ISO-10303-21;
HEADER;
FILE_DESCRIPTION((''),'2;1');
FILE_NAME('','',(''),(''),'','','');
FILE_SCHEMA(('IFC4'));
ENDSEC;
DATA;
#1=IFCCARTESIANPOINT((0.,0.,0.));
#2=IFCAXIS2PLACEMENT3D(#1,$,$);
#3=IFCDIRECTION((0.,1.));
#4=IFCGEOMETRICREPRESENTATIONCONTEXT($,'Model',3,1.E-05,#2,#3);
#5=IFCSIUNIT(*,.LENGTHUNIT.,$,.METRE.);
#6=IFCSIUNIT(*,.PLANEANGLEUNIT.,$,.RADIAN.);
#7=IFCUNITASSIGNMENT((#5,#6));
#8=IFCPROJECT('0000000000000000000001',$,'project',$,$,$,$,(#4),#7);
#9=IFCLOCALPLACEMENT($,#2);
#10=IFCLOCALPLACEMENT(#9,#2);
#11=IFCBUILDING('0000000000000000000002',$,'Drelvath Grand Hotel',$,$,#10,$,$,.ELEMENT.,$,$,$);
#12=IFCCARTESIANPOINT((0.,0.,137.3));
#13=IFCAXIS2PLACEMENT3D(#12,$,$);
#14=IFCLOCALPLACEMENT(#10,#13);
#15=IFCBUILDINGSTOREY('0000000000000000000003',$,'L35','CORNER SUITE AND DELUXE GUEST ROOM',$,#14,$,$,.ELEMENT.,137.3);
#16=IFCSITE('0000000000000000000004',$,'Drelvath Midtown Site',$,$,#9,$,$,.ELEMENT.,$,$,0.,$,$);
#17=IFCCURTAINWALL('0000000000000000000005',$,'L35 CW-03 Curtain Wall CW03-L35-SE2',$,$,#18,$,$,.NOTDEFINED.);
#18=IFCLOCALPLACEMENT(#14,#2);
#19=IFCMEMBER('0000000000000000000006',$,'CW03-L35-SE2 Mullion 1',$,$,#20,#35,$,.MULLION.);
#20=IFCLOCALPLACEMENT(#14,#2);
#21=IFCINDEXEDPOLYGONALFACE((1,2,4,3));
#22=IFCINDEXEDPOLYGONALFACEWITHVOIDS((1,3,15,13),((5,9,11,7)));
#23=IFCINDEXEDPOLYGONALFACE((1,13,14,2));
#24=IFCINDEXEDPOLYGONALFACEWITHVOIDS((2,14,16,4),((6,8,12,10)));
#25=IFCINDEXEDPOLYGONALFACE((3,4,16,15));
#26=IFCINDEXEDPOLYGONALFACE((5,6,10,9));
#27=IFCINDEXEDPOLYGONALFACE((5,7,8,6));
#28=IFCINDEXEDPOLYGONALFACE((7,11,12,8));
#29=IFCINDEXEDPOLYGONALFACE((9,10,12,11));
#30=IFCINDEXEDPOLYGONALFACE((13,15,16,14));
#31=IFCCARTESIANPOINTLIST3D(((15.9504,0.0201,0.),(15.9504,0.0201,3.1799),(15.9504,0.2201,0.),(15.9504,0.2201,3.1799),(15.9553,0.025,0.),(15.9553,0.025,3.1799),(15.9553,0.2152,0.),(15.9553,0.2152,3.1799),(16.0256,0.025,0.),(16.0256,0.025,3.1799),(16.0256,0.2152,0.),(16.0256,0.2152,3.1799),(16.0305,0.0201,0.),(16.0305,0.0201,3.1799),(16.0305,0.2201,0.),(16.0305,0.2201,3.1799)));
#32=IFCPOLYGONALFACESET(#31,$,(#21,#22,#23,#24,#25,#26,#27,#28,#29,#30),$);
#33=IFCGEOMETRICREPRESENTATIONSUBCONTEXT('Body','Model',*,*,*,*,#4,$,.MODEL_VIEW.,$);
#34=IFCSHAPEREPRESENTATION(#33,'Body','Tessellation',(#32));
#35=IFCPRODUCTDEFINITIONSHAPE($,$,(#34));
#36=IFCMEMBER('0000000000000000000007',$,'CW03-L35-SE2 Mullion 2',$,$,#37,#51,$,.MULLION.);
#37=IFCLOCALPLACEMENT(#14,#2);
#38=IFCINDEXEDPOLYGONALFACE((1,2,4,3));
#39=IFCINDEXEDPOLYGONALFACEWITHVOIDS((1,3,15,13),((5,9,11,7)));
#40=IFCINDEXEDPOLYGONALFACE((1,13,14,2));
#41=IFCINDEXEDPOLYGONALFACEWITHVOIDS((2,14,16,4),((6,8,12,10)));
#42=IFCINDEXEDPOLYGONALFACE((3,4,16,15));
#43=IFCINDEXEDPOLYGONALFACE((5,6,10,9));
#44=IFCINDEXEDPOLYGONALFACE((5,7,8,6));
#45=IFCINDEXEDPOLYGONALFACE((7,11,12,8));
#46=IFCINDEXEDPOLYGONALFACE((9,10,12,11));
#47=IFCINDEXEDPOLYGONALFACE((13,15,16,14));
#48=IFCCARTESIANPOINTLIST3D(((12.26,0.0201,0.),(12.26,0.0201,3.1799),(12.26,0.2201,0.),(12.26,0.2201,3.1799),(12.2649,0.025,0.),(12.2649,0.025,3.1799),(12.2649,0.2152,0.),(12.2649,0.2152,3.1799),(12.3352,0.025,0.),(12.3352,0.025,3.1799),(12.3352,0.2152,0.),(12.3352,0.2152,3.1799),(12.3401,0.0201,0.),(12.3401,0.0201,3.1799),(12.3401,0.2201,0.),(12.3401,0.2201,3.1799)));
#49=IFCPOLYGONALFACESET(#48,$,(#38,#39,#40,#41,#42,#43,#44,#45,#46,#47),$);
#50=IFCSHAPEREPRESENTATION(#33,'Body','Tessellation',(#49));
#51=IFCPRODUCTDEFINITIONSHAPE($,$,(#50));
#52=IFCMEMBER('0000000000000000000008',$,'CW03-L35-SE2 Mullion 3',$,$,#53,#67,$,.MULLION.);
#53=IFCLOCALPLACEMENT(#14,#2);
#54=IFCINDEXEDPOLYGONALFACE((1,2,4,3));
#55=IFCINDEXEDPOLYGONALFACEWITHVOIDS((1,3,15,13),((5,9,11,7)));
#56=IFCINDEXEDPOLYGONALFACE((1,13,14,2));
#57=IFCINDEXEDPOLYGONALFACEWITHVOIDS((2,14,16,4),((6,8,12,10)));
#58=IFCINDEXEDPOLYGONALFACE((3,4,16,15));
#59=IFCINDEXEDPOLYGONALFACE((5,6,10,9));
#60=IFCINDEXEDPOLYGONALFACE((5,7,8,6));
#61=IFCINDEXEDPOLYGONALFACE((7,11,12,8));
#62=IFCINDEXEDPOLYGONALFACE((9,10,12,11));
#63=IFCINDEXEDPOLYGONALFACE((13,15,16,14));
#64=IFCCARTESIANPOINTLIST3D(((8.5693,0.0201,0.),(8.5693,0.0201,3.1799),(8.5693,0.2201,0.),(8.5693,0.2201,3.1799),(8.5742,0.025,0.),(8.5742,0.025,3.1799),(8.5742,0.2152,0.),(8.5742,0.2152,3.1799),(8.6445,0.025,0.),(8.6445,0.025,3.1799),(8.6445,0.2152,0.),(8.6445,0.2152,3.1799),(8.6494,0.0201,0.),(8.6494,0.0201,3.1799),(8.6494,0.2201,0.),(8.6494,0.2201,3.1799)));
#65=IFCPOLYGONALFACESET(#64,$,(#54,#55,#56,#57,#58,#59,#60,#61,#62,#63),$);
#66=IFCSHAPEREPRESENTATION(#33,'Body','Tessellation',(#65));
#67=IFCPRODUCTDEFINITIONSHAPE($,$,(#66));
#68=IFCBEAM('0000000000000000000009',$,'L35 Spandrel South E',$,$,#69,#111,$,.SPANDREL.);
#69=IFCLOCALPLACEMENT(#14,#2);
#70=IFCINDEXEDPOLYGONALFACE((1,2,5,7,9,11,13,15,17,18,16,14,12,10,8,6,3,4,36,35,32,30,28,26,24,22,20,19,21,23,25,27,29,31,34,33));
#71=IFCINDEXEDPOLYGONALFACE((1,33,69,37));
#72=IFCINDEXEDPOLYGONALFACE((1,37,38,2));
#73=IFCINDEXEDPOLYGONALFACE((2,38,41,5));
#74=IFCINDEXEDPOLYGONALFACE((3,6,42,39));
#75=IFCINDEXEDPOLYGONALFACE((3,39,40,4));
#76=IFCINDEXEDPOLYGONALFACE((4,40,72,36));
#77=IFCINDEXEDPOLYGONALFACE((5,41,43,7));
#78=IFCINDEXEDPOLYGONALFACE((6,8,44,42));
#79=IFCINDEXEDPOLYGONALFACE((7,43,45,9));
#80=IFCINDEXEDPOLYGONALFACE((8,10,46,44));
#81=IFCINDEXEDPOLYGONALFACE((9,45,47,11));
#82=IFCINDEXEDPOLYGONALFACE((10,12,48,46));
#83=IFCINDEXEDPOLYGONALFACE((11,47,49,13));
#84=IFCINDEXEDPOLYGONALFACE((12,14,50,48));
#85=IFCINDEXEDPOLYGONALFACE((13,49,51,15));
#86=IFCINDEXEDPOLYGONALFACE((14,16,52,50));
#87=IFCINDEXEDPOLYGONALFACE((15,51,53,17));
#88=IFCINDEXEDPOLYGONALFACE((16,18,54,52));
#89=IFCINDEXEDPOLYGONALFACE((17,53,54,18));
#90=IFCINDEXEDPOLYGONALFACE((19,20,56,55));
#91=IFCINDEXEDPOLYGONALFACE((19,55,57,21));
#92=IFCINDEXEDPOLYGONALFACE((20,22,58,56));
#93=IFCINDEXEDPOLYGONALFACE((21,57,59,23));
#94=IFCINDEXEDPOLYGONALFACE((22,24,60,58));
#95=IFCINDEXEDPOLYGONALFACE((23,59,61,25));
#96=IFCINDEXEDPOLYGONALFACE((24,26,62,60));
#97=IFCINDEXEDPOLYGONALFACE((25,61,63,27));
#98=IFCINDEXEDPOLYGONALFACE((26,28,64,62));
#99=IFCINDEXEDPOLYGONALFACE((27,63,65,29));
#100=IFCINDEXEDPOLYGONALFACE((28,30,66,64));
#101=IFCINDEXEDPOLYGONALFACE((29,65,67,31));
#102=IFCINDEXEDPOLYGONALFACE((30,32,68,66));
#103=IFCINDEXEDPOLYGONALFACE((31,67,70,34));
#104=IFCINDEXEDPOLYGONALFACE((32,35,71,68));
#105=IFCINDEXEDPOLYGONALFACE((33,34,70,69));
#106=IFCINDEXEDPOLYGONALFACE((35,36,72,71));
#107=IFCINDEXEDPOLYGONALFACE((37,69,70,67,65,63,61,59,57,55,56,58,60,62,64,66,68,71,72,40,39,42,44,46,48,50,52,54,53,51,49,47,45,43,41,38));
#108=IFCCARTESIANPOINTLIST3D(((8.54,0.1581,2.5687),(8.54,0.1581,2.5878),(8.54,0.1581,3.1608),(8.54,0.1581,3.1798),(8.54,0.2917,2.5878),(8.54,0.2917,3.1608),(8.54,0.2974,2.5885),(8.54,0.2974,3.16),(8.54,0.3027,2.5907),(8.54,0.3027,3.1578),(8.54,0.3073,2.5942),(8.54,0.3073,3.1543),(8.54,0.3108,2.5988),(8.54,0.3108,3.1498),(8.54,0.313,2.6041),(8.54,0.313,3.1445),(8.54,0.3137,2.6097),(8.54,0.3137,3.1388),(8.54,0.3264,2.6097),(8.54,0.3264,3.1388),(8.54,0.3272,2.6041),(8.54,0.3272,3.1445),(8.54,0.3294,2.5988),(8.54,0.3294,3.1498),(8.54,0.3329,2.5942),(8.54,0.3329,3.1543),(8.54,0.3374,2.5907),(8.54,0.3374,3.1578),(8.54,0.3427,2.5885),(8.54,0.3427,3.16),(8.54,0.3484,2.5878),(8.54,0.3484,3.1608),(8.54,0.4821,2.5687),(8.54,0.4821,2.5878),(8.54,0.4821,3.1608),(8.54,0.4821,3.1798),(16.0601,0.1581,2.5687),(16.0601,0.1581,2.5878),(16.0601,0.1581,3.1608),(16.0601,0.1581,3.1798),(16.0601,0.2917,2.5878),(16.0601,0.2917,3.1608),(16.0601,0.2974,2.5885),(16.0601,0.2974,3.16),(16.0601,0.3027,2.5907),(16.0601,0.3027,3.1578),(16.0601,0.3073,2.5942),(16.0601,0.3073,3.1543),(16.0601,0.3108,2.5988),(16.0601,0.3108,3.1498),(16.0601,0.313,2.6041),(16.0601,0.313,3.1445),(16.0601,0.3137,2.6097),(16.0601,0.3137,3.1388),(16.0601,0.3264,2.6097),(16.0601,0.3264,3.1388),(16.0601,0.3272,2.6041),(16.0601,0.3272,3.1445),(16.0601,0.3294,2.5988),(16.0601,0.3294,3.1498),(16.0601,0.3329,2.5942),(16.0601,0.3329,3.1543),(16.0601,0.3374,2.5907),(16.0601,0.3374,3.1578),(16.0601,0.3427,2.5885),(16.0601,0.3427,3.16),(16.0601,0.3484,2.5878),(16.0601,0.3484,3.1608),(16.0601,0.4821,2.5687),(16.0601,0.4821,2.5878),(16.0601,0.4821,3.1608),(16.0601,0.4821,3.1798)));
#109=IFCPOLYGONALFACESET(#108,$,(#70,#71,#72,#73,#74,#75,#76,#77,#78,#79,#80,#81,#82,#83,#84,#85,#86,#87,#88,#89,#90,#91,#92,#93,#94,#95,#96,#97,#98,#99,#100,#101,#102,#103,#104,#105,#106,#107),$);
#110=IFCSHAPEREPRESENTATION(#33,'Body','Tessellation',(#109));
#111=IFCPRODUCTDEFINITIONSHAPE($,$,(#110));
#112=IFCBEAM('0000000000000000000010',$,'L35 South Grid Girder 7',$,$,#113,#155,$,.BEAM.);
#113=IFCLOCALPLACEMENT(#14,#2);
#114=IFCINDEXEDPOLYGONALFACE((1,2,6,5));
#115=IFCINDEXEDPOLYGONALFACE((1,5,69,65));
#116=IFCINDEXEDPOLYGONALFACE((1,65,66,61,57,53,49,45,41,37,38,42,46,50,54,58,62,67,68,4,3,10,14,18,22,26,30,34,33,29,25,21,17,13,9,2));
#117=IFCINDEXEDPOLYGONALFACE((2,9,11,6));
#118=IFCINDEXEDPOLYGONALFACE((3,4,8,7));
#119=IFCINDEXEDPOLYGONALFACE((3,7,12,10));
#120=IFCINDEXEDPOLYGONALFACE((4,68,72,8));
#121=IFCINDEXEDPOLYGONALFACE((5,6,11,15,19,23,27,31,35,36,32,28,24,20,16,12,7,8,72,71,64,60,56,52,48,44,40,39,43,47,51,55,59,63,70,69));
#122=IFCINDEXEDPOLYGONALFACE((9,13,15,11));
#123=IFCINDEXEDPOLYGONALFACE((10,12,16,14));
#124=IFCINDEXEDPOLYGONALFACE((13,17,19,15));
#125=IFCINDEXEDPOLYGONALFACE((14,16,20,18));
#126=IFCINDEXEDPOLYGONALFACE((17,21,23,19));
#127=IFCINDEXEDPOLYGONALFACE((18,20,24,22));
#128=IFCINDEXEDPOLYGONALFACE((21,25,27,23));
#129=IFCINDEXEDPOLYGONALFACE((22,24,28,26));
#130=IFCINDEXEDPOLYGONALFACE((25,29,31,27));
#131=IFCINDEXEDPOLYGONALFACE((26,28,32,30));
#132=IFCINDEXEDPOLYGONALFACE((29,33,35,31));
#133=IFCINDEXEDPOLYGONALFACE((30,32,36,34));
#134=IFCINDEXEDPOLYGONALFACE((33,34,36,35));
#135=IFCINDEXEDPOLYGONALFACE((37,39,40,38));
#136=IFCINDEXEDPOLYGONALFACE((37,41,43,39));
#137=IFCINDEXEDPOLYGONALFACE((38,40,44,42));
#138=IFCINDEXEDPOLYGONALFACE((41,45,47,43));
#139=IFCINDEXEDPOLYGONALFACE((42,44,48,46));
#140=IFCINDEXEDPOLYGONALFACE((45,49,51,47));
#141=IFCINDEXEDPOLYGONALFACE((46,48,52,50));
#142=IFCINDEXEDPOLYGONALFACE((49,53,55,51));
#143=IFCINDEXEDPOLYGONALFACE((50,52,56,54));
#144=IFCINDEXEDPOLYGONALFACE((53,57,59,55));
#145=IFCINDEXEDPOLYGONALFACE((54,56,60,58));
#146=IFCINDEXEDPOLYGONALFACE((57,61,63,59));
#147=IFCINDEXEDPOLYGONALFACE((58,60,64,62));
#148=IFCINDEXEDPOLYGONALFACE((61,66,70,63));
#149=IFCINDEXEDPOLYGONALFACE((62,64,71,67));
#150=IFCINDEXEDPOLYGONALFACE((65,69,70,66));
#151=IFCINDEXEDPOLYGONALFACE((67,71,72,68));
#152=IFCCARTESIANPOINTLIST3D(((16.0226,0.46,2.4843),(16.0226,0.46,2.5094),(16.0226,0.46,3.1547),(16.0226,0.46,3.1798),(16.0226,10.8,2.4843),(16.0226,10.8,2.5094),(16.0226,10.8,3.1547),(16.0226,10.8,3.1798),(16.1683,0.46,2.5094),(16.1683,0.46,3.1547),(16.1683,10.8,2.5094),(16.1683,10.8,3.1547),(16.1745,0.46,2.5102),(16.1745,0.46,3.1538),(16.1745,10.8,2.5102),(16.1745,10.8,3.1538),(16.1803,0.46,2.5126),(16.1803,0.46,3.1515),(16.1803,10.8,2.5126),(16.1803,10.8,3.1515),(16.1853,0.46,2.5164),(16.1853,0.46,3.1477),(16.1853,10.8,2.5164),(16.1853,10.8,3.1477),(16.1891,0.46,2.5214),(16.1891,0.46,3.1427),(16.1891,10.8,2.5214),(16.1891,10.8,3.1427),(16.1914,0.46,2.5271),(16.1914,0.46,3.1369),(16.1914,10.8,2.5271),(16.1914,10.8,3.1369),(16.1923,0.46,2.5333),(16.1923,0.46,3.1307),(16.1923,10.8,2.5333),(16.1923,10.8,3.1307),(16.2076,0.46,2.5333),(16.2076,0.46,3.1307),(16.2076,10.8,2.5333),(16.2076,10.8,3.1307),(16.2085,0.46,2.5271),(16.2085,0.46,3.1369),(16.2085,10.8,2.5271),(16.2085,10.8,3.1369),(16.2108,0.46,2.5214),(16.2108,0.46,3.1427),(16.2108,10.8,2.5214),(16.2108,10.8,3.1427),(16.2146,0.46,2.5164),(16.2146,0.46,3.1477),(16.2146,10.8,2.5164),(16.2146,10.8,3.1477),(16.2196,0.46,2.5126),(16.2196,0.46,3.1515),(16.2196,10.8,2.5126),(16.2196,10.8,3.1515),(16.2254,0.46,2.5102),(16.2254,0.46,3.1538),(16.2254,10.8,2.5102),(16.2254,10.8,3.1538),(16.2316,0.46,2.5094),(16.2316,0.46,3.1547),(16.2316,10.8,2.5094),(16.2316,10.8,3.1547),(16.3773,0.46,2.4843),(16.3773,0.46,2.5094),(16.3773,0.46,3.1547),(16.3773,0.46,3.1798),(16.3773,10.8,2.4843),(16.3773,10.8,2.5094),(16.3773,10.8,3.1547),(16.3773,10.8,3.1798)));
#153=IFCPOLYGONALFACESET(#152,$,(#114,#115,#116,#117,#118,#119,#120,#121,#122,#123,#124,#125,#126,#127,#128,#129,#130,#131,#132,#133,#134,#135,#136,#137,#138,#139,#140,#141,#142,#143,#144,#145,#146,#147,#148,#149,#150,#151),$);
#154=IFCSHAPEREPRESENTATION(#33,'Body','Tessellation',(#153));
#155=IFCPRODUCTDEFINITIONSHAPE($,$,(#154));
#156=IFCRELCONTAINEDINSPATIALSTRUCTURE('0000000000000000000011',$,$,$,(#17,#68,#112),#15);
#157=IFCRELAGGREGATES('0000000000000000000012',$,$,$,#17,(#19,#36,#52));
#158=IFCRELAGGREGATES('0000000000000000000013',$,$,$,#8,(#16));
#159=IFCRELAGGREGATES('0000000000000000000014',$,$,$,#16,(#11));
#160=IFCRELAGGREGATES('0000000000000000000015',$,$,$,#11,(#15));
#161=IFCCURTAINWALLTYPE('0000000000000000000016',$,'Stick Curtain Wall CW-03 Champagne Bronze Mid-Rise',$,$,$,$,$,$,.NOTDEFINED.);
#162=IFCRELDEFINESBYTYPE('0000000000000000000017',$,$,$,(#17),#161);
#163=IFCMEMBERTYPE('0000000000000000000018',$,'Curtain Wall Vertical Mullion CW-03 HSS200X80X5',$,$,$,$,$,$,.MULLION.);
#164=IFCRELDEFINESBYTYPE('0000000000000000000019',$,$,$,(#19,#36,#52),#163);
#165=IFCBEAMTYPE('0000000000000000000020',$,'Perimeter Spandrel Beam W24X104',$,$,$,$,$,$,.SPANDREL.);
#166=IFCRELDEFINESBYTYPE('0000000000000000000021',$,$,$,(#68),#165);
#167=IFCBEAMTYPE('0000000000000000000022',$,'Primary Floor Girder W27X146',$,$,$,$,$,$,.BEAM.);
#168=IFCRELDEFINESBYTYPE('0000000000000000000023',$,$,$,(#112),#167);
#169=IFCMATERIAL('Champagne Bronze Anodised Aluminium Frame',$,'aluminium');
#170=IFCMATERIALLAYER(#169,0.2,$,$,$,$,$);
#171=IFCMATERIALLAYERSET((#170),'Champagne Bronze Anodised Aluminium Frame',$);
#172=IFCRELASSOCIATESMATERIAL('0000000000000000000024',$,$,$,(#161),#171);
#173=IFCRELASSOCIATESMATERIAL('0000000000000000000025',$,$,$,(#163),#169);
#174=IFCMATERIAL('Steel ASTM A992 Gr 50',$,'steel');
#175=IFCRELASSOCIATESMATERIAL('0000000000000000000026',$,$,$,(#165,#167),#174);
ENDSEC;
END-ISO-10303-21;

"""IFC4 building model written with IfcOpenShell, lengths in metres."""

from ifc_helpers import new_model, si_unit, direction, frame, origin, origin_2d, place, context, subcontext, project, spatial, hollow_rectangle, i_section, extrude, material, layer, layer_set, material_profile, profile_set, type_object, element, aggregate, save


model = new_model("IFC4")

# Units and contexts
model_context = context("Model", 3, precision=1e-05, world=origin(), true_north=direction((0.0, 1.0)))
body_context = subcontext(model_context, "Body", "Model", "MODEL_VIEW")
ifc_project = project(units=[si_unit("LENGTHUNIT", "METRE"), si_unit("PLANEANGLEUNIT", "RADIAN")], contexts=[model_context])

# Site, building, storey
site_placement = place(None, origin())
site = spatial("IfcSite", under=ifc_project, at=site_placement, Name="Drelvath Midtown Site", CompositionType="ELEMENT", RefElevation=0.0)
building_placement = place(site_placement, origin())
building = spatial("IfcBuilding", under=site, at=building_placement, Name="Drelvath Grand Hotel", CompositionType="ELEMENT")
storey_placement = place(building_placement, frame((0.0, 0.0, 137.3)))
storey = spatial("IfcBuildingStorey", under=building, at=storey_placement, Name="L35", Description="CORNER SUITE AND DELUXE GUEST ROOM", CompositionType="ELEMENT", Elevation=137.3)

# Curtain wall
ifc_material_1 = material(Name="Champagne Bronze Anodised Aluminium Frame", Category="aluminium")
ifc_layer_1 = layer(ifc_material_1, 0.2)
ifc_layer_set_1 = layer_set([ifc_layer_1], Name="Champagne Bronze Anodised Aluminium Frame")
curtain_wall_type = type_object("IfcCurtainWallType", Name="Stick Curtain Wall CW-03 Champagne Bronze Mid-Rise", PredefinedType="NOTDEFINED", material=ifc_layer_set_1)
curtain_wall_1_placement = place(storey_placement, origin())
curtain_wall_1 = element("IfcCurtainWall", 1, at=curtain_wall_1_placement, inside=storey, type_object=curtain_wall_type, Name="L35 CW-03 Curtain Wall CW03-L35-SE2", PredefinedType="NOTDEFINED")

# Shared definitions
ifc_material_profile_1 = material_profile(ifc_material_1, hollow_rectangle(XDim=0.0801, YDim=0.2, WallThickness=0.0049, at=origin_2d()), Name="HSS200X80X5")
ifc_profile_set_1 = profile_set([ifc_material_profile_1], Name="Champagne Bronze Anodised Aluminium Frame")
member_type_1 = type_object("IfcMemberType", Name="Curtain Wall Vertical Mullion CW-03 HSS200X80X5", PredefinedType="MULLION", material=ifc_profile_set_1)

# Members
member_1_placement = place(storey_placement, frame((15.9905, 0.1201, 0.0), z_axis=(0.0, 0.0, 1.0), x_axis=(1.0, 0.0, 0.0)))
member_1 = element("IfcMember", 2, at=member_1_placement, type_object=member_type_1, Name="CW03-L35-SE2 Mullion 1", PredefinedType="MULLION", context=body_context, shape_type="SweptSolid", body=[
    extrude(hollow_rectangle(XDim=0.0801, YDim=0.2, WallThickness=0.0049, at=origin_2d()), origin(), (0.0, 0.0, 1.0), 3.1799),
])
member_2_placement = place(storey_placement, frame((12.3, 0.1201, 0.0), z_axis=(0.0, 0.0, 1.0), x_axis=(1.0, 0.0, 0.0)))
member_2 = element("IfcMember", 3, at=member_2_placement, type_object=member_type_1, Name="CW03-L35-SE2 Mullion 2", PredefinedType="MULLION", context=body_context, shape_type="SweptSolid", body=[
    extrude(hollow_rectangle(XDim=0.0801, YDim=0.2, WallThickness=0.0049, at=origin_2d()), origin(), (0.0, 0.0, 1.0), 3.1799),
])
member_3_placement = place(storey_placement, frame((8.6094, 0.1201, 0.0), z_axis=(0.0, 0.0, 1.0), x_axis=(1.0, 0.0, 0.0)))
member_3 = element("IfcMember", 4, at=member_3_placement, type_object=member_type_1, Name="CW03-L35-SE2 Mullion 3", PredefinedType="MULLION", context=body_context, shape_type="SweptSolid", body=[
    extrude(hollow_rectangle(XDim=0.0801, YDim=0.2, WallThickness=0.0049, at=origin_2d()), origin(), (0.0, 0.0, 1.0), 3.1799),
])

# Beams
ifc_material_2 = material(Name="Steel ASTM A992 Gr 50", Category="steel")
ifc_material_profile_2 = material_profile(ifc_material_2, i_section(OverallWidth=0.324, OverallDepth=0.6111, WebThickness=0.0127, FlangeThickness=0.019, FilletRadius=0.022, at=origin_2d()), Name="W24X104")
ifc_profile_set_2 = profile_set([ifc_material_profile_2], Name="Steel ASTM A992 Gr 50")
beam_type_1 = type_object("IfcBeamType", Name="Perimeter Spandrel Beam W24X104", PredefinedType="SPANDREL", material=ifc_profile_set_2)
beam_1_placement = place(storey_placement, frame((8.54, 0.3201, 2.8743), z_axis=(1.0, 0.0, 0.0), x_axis=(0.0, 1.0, 0.0)))
element("IfcBeam", 5, at=beam_1_placement, inside=storey, type_object=beam_type_1, Name="L35 Spandrel South E", PredefinedType="SPANDREL", context=body_context, shape_type="SweptSolid", body=[
    extrude(i_section(OverallWidth=0.324, OverallDepth=0.6111, WebThickness=0.0127, FlangeThickness=0.019, FilletRadius=0.022, at=origin_2d()), origin(), (0.0, 0.0, 1.0), 7.52),
])
ifc_material_profile_3 = material_profile(ifc_material_2, i_section(OverallWidth=0.3547, OverallDepth=0.6956, WebThickness=0.0154, FlangeThickness=0.0251, FilletRadius=0.0239, at=origin_2d()), Name="W27X146")
ifc_profile_set_3 = profile_set([ifc_material_profile_3], Name="Steel ASTM A992 Gr 50")
beam_type_2 = type_object("IfcBeamType", Name="Primary Floor Girder W27X146", PredefinedType="BEAM", material=ifc_profile_set_3)
beam_2_placement = place(storey_placement, frame((16.2, 0.46, 2.832), z_axis=(0.0, 1.0, 0.0), x_axis=(-1.0, 0.0, 0.0)))
element("IfcBeam", 6, at=beam_2_placement, inside=storey, type_object=beam_type_2, Name="L35 South Grid Girder 7", PredefinedType="BEAM", context=body_context, shape_type="SweptSolid", body=[
    extrude(i_section(OverallWidth=0.3547, OverallDepth=0.6956, WebThickness=0.0154, FlangeThickness=0.0251, FilletRadius=0.0239, at=origin_2d()), origin(), (0.0, 0.0, 1.0), 10.3401),
])

aggregate(curtain_wall_1, [member_1, member_2, member_3])

save(model, "model.ifc")
